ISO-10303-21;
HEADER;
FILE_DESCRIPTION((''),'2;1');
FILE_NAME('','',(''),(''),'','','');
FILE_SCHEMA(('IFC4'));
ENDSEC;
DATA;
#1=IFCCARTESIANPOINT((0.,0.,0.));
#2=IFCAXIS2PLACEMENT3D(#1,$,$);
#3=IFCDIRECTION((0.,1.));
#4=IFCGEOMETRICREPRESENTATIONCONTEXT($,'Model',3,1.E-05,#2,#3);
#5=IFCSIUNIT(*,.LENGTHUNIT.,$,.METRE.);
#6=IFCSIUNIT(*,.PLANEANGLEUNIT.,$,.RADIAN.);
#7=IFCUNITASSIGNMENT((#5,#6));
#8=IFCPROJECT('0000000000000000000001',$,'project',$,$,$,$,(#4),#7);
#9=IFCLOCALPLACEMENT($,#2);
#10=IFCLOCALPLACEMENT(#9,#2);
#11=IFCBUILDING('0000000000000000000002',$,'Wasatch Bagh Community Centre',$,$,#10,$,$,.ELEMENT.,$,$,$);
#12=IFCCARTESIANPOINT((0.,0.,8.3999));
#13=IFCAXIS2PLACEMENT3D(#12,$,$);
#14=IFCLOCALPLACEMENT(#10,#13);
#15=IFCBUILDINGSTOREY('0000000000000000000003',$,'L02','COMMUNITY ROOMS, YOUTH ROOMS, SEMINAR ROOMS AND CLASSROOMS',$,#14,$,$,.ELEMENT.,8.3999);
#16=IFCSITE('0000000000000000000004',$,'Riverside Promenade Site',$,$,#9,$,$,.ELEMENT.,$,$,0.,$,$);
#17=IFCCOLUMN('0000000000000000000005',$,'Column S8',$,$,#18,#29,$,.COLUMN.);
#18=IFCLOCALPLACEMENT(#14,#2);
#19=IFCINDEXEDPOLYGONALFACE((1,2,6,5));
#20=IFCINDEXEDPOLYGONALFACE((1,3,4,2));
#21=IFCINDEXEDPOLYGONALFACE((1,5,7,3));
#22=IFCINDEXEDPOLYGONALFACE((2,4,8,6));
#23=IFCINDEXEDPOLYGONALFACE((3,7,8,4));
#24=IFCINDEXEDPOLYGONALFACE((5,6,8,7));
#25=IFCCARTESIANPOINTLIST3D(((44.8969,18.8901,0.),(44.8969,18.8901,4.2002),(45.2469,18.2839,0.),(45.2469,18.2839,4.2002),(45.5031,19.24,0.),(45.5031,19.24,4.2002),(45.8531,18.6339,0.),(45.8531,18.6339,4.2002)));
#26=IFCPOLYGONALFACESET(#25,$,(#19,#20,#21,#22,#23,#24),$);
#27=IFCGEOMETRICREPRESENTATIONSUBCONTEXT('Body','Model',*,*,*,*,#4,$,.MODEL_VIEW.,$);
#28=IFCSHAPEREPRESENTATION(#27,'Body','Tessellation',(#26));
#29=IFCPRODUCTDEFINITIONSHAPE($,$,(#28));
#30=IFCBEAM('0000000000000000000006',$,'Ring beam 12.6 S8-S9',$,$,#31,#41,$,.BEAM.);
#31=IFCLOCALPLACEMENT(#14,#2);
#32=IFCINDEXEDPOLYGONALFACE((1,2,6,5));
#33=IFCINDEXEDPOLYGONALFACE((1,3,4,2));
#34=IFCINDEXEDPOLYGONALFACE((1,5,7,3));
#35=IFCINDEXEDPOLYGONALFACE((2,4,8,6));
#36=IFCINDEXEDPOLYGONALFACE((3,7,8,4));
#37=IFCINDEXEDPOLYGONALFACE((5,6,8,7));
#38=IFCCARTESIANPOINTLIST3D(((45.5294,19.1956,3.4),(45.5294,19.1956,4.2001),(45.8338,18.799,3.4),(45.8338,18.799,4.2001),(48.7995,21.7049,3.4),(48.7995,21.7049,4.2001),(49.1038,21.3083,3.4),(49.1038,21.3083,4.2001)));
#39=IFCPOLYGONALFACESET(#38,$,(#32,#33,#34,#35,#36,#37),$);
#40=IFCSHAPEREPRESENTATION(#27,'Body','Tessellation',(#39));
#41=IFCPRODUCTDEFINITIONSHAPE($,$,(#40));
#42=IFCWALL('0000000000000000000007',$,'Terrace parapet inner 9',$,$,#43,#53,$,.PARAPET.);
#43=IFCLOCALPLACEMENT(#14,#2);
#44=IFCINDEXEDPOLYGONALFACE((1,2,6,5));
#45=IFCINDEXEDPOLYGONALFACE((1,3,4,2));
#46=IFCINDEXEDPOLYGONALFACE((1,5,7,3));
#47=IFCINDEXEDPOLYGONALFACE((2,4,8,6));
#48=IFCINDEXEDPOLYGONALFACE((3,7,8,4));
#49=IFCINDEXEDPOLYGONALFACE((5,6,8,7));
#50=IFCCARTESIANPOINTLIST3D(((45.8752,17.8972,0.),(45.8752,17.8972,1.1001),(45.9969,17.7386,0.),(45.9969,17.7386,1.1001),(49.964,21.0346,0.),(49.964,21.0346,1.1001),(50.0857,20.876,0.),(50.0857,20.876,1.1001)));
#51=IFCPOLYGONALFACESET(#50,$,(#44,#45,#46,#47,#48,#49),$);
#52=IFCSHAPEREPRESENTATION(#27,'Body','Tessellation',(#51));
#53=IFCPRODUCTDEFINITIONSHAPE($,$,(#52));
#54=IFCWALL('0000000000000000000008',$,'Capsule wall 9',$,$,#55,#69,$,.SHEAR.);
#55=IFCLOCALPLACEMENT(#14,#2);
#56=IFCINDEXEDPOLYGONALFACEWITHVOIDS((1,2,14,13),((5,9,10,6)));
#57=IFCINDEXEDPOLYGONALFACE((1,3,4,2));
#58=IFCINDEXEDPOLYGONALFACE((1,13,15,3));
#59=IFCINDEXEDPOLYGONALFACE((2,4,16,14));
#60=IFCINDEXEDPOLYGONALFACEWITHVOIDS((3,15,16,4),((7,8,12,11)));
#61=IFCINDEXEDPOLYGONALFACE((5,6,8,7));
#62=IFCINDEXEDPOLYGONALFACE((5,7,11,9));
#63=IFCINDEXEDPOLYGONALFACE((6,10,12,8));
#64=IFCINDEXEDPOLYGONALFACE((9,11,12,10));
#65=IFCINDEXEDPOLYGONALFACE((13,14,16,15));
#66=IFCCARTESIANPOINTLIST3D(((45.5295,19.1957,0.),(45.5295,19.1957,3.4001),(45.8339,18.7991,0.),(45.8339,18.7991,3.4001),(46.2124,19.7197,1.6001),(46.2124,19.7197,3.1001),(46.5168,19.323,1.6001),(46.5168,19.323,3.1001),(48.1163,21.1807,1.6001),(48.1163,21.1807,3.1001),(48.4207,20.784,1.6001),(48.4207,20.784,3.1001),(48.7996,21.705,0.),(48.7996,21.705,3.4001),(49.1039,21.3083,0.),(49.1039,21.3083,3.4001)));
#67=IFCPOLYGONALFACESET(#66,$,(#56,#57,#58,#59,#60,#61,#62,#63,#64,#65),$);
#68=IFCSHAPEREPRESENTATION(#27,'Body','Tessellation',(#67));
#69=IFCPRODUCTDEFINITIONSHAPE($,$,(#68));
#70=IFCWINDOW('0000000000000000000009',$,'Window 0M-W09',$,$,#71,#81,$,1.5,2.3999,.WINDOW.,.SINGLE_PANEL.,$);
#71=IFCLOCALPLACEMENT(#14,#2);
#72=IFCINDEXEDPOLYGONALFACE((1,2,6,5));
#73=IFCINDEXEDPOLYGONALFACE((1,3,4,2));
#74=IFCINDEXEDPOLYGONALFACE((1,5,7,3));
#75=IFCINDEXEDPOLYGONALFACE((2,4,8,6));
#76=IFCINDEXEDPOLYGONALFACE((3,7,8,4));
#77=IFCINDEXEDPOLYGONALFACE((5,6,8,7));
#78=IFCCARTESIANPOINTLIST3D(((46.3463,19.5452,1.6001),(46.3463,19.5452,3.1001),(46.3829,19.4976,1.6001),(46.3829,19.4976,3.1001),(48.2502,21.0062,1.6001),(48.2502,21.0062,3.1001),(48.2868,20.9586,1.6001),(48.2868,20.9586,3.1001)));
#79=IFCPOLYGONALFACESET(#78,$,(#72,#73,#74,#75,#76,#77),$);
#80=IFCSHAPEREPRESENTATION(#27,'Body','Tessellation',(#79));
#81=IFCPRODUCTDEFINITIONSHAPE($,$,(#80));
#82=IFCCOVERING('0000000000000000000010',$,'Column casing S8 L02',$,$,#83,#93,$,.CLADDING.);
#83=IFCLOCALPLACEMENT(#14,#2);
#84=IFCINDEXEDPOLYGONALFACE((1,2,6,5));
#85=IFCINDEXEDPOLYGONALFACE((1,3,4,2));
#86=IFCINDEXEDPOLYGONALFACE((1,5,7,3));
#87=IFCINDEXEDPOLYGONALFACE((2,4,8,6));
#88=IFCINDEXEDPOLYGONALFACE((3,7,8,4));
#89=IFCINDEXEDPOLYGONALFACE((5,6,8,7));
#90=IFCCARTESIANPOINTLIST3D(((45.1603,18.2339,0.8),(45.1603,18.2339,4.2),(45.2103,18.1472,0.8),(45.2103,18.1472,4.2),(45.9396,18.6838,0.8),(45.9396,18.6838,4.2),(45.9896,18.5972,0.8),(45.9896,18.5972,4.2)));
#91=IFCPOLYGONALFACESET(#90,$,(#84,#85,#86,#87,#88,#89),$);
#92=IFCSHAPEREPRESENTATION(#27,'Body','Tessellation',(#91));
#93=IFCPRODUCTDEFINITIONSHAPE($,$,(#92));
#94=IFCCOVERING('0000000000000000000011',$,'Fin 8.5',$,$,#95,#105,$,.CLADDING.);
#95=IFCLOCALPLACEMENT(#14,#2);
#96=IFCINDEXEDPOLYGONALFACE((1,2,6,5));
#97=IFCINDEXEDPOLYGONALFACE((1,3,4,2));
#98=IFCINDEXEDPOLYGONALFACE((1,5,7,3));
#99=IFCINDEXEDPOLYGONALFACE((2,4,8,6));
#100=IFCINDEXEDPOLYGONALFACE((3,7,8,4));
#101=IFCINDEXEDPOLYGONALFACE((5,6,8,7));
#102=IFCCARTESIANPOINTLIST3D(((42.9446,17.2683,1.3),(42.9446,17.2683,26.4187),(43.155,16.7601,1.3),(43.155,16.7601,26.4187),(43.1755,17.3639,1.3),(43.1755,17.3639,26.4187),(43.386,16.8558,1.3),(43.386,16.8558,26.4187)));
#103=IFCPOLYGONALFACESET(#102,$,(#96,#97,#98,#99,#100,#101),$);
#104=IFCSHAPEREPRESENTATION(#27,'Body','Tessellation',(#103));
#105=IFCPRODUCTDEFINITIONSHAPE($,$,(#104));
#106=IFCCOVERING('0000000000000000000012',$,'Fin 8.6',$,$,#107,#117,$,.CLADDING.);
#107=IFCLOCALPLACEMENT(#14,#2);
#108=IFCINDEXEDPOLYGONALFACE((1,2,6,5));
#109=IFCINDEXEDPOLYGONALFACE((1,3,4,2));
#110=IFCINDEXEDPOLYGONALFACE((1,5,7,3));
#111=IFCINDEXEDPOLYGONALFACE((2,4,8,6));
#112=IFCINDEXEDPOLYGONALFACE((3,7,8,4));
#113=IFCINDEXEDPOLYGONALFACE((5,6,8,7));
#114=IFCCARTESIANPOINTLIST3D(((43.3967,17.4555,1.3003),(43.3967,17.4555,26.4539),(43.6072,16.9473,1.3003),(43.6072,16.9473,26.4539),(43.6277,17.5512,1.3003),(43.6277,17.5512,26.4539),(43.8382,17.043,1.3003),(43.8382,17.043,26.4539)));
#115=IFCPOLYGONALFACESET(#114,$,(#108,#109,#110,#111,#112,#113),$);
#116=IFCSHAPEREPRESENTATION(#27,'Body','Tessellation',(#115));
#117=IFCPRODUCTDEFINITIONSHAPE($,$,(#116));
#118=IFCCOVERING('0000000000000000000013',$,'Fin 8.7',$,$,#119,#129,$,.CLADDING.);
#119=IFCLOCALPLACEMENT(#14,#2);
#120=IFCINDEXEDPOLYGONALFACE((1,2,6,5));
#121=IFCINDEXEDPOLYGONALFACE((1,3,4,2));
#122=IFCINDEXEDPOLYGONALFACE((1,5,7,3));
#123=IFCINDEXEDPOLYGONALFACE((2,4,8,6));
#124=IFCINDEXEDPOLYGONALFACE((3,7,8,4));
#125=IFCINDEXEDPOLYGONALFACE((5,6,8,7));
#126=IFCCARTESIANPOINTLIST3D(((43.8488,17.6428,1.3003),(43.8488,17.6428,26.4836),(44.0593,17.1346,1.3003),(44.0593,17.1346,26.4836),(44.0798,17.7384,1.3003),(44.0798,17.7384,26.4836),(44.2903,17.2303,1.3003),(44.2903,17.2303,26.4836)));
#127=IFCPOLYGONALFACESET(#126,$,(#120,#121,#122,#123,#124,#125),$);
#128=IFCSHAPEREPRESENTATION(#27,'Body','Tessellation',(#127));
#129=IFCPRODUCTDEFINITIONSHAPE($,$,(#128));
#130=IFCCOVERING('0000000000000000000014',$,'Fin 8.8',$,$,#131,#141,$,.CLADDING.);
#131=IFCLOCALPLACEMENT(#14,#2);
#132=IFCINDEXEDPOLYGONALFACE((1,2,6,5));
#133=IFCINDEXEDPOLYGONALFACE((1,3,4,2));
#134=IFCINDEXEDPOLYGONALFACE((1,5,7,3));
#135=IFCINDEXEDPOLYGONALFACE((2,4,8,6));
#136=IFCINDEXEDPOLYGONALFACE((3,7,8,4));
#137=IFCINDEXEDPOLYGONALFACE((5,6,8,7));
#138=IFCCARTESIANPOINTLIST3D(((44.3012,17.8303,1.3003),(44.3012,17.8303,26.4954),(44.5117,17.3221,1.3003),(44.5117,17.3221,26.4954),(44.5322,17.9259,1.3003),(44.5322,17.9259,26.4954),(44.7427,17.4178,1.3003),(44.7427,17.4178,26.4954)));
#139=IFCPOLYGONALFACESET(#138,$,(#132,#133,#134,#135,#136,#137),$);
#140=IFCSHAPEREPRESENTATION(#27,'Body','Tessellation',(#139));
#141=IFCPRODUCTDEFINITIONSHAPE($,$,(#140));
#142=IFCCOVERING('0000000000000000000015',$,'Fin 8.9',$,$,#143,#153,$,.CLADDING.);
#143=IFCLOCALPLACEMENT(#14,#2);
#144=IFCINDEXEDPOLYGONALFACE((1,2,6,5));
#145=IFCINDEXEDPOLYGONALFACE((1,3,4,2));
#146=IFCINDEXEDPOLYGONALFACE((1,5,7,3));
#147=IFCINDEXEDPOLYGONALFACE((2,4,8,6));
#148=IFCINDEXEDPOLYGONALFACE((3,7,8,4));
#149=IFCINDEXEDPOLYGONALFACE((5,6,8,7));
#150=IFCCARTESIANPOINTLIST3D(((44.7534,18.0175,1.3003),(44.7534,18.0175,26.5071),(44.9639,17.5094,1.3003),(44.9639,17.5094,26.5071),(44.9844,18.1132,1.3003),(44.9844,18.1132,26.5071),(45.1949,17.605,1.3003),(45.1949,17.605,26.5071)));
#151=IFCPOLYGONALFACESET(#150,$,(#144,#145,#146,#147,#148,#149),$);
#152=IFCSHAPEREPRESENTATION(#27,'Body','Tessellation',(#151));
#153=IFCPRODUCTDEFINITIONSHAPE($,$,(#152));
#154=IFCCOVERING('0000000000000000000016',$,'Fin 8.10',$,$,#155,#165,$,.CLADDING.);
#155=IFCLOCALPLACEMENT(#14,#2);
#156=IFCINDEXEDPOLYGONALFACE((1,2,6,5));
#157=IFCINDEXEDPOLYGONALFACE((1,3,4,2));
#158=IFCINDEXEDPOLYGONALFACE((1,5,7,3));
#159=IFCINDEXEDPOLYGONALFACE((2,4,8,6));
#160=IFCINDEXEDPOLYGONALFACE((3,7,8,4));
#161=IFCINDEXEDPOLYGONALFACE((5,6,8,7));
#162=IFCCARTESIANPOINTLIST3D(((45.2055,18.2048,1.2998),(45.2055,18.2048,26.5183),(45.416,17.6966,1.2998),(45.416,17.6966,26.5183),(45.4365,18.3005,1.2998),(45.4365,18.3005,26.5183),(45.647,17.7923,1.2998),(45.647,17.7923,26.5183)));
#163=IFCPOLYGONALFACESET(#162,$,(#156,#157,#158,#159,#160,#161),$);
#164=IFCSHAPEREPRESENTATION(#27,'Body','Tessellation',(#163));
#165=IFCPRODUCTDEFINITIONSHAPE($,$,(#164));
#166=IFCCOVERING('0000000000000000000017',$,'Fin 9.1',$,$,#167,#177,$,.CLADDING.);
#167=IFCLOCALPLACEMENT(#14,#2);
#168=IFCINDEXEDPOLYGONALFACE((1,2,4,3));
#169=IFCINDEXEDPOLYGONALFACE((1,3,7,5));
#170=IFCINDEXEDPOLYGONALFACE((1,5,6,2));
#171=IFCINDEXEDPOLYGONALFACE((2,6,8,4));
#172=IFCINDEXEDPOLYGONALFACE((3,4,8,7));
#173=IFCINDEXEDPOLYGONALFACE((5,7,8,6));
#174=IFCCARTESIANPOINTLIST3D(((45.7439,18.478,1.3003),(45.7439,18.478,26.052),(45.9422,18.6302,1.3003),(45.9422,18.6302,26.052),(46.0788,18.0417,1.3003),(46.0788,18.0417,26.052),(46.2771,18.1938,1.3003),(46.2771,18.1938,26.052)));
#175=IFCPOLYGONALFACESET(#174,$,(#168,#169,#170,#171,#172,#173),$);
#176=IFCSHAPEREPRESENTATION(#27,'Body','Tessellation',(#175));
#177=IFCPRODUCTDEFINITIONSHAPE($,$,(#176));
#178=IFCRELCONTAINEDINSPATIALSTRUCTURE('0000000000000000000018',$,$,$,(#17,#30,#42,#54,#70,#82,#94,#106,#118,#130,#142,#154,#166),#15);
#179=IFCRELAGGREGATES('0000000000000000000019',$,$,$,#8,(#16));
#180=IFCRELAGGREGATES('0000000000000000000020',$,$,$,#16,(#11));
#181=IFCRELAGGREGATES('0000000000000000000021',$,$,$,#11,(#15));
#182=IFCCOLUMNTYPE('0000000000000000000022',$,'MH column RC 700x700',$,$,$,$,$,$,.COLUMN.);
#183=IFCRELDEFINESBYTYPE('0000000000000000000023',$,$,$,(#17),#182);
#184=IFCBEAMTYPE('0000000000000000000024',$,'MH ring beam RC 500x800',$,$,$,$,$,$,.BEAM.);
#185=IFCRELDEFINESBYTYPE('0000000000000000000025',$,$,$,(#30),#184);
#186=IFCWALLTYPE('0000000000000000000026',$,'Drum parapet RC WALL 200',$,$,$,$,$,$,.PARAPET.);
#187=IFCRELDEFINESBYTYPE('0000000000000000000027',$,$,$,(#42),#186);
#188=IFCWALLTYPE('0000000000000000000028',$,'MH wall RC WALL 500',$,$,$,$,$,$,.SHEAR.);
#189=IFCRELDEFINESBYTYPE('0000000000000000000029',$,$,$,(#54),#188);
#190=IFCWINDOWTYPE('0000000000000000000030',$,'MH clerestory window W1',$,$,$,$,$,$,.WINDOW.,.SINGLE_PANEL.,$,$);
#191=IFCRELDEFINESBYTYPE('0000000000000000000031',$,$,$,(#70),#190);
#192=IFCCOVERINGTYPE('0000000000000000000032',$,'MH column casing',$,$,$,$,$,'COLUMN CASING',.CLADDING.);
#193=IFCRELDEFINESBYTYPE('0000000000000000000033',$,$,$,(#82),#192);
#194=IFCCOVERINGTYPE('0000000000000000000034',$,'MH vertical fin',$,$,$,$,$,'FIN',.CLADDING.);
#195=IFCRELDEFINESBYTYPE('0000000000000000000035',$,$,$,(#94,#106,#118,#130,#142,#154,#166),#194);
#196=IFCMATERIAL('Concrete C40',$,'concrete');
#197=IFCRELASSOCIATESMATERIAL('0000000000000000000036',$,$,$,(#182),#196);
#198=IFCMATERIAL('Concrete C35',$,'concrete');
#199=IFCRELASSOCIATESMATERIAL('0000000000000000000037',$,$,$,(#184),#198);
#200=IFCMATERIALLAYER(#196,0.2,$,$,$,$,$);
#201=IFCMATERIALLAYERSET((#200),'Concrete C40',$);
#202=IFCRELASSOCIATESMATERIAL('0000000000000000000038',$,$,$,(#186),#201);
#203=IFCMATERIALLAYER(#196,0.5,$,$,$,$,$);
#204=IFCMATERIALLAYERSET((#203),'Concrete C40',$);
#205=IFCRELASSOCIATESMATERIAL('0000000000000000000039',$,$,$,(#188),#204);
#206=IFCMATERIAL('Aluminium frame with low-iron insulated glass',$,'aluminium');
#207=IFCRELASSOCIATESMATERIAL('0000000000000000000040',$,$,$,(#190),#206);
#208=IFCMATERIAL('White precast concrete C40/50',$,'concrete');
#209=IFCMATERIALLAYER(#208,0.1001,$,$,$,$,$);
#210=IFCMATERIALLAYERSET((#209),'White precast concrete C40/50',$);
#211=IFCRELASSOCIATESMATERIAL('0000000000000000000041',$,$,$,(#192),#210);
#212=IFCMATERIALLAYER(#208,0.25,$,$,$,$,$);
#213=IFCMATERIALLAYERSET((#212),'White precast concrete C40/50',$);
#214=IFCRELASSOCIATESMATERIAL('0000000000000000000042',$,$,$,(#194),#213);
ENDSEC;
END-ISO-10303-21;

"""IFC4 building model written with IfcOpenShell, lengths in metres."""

from ifc_helpers import new_model, si_unit, direction, frame, frame_2d, origin, origin_2d, place, context, subcontext, project, spatial, rectangle, extrude, material, layer, layer_set, material_profile, profile_set, type_object, element, fill, save


model = new_model("IFC4")

# Units and contexts
model_context = context("Model", 3, precision=1e-05, world=origin(), true_north=direction((0.0, 1.0)))
body_context = subcontext(model_context, "Body", "Model", "MODEL_VIEW")
ifc_project = project(units=[si_unit("LENGTHUNIT", "METRE"), si_unit("PLANEANGLEUNIT", "RADIAN")], contexts=[model_context])

# Site, building, storey
site_placement = place(None, origin())
site = spatial("IfcSite", under=ifc_project, at=site_placement, Name="Riverside Promenade Site", CompositionType="ELEMENT", RefElevation=0.0)
building_placement = place(site_placement, origin())
building = spatial("IfcBuilding", under=site, at=building_placement, Name="Wasatch Bagh Community Centre", CompositionType="ELEMENT")
storey_placement = place(building_placement, frame((0.0, 0.0, 8.3999)))
storey = spatial("IfcBuildingStorey", under=building, at=storey_placement, Name="L02", Description="COMMUNITY ROOMS, YOUTH ROOMS, SEMINAR ROOMS AND CLASSROOMS", CompositionType="ELEMENT", Elevation=8.3999)

# Column
ifc_material_1 = material(Name="Concrete C40", Category="concrete")
ifc_material_profile_1 = material_profile(ifc_material_1, rectangle(XDim=0.7, YDim=0.7, at=origin_2d()), Name="RC 700x700")
ifc_profile_set_1 = profile_set([ifc_material_profile_1], Name="Concrete C40")
column_type = type_object("IfcColumnType", Name="MH column RC 700x700", PredefinedType="COLUMN", material=ifc_profile_set_1)
column_placement = place(storey_placement, frame((45.375, 18.762, 0.0), z_axis=(0.0, 0.0, 1.0), x_axis=(0.866025, 0.5, 0.0)))
element("IfcColumn", 1, at=column_placement, inside=storey, type_object=column_type, Name="Column S8", PredefinedType="COLUMN", context=body_context, shape_type="SweptSolid", body=[
    extrude(rectangle(XDim=0.7, YDim=0.7, at=origin_2d()), origin(), (0.0, 0.0, 1.0), 4.2002),
])

# Beam
ifc_material_2 = material(Name="Concrete C35", Category="concrete")
ifc_material_profile_2 = material_profile(ifc_material_2, rectangle(XDim=0.5, YDim=0.8, at=origin_2d()), Name="RC 500x800")
ifc_profile_set_2 = profile_set([ifc_material_profile_2], Name="Concrete C35")
beam_type = type_object("IfcBeamType", Name="MH ring beam RC 500x800", PredefinedType="BEAM", material=ifc_profile_set_2)
beam_placement = place(storey_placement, frame((45.6816, 18.9973, 3.8), z_axis=(0.793341, 0.608777, 0.0), x_axis=(-0.608777, 0.793341, 0.0)))
element("IfcBeam", 2, at=beam_placement, inside=storey, type_object=beam_type, Name="Ring beam 12.6 S8-S9", PredefinedType="BEAM", context=body_context, shape_type="SweptSolid", body=[
    extrude(rectangle(XDim=0.5, YDim=0.8, at=origin_2d()), origin(), (0.0, 0.0, 1.0), 4.1218),
])

# Wall
ifc_layer_1 = layer(ifc_material_1, 0.2)
ifc_layer_set_1 = layer_set([ifc_layer_1], Name="Concrete C40")
wall_type_1 = type_object("IfcWallType", Name="Drum parapet RC WALL 200", PredefinedType="PARAPET", material=ifc_layer_set_1)
wall_1_placement = place(storey_placement, frame((45.936, 17.8179, 0.0), z_axis=(0.0, 0.0, 1.0), x_axis=(0.793358, 0.608756, 0.0)))
element("IfcWall", 3, at=wall_1_placement, inside=storey, type_object=wall_type_1, Name="Terrace parapet inner 9", PredefinedType="PARAPET", context=body_context, shape_type="SweptSolid", body=[
    extrude(rectangle(XDim=5.1538, YDim=0.2, at=frame_2d((2.5769, 0.0))), origin(), (0.0, 0.0, 1.0), 1.1001),
])

# Wall, opening, window
ifc_layer_2 = layer(ifc_material_1, 0.5)
ifc_layer_set_2 = layer_set([ifc_layer_2], Name="Concrete C40")
wall_type_2 = type_object("IfcWallType", Name="MH wall RC WALL 500", PredefinedType="SHEAR", material=ifc_layer_set_2)
wall_2_placement = place(storey_placement, frame((45.6816, 18.9973, 0.0), z_axis=(0.0, 0.0, 1.0), x_axis=(0.793341, 0.608777, 0.0)))
wall_2 = element("IfcWall", 4, at=wall_2_placement, inside=storey, type_object=wall_type_2, Name="Capsule wall 9", PredefinedType="SHEAR", context=body_context, shape_type="SweptSolid", body=[
    extrude(rectangle(XDim=4.1218, YDim=0.5, at=frame_2d((2.061, 0.0))), origin(), (0.0, 0.0, 1.0), 3.4001),
])
opening_placement = place(wall_2_placement, frame((0.8608, 0.0, 1.6001)))
opening = element("IfcOpeningElement", 5, at=opening_placement, cuts=wall_2, PredefinedType="OPENING", context=body_context, shape_type="SweptSolid", body=[
    extrude(rectangle(XDim=2.3999, YDim=1.5, at=frame_2d((1.2, 0.75))), frame((0.0, 0.26, 0.0), z_axis=(0.0, -1.0, 0.0), x_axis=(1.0, 0.0, 0.0)), (0.0, 0.0, 1.0), 0.52),
])
ifc_material_3 = material(Name="Aluminium frame with low-iron insulated glass", Category="aluminium")
window_type = type_object("IfcWindowType", Name="MH clerestory window W1", PartitioningType="SINGLE_PANEL", PredefinedType="WINDOW", material=ifc_material_3)
window_placement = place(opening_placement, origin())
window = element("IfcWindow", 6, at=window_placement, inside=storey, type_object=window_type, Name="Window 0M-W09", OverallHeight=1.5, OverallWidth=2.3999, PartitioningType="SINGLE_PANEL", PredefinedType="WINDOW", context=body_context, shape_type="SweptSolid", body=[
    extrude(rectangle(XDim=2.3999, YDim=1.5, at=frame_2d((1.2, 0.75))), frame((0.0, 0.03, 0.0), z_axis=(0.0, -1.0, 0.0), x_axis=(1.0, 0.0, 0.0)), (0.0, 0.0, 1.0), 0.0601),
])
fill(opening, window)

# Coverings
ifc_material_4 = material(Name="White precast concrete C40/50", Category="concrete")
ifc_layer_3 = layer(ifc_material_4, 0.1001)
ifc_layer_set_3 = layer_set([ifc_layer_3], Name="White precast concrete C40/50")
covering_type_1 = type_object("IfcCoveringType", Name="MH column casing", ElementType="COLUMN CASING", PredefinedType="CLADDING", material=ifc_layer_set_3)
covering_1_placement = place(storey_placement, frame((45.575, 18.4155, 0.8), z_axis=(0.0, 0.0, 1.0), x_axis=(0.866025, 0.5, 0.0)))
element("IfcCovering", 7, at=covering_1_placement, inside=storey, type_object=covering_type_1, Name="Column casing S8 L02", PredefinedType="CLADDING", context=body_context, shape_type="SweptSolid", body=[
    extrude(rectangle(XDim=0.8999, YDim=0.1001, at=origin_2d()), origin(), (0.0, 0.0, 1.0), 3.3999),
])
ifc_layer_4 = layer(ifc_material_4, 0.25)
ifc_layer_set_4 = layer_set([ifc_layer_4], Name="White precast concrete C40/50")
covering_type_2 = type_object("IfcCoveringType", Name="MH vertical fin", ElementType="FIN", PredefinedType="CLADDING", material=ifc_layer_set_4)
covering_2_placement = place(storey_placement, frame((43.1653, 17.062, 1.3), z_axis=(0.0, 0.0, 1.0), x_axis=(0.92388, 0.382683, 0.0)))
element("IfcCovering", 8, at=covering_2_placement, inside=storey, type_object=covering_type_2, Name="Fin 8.5", PredefinedType="CLADDING", context=body_context, shape_type="SweptSolid", body=[
    extrude(rectangle(XDim=0.25, YDim=0.55, at=origin_2d()), origin(), (0.0, 0.0, 1.0), 25.1187),
])
covering_3_placement = place(storey_placement, frame((43.6174, 17.2493, 1.3003), z_axis=(0.0, 0.0, 1.0), x_axis=(0.92388, 0.382683, 0.0)))
element("IfcCovering", 9, at=covering_3_placement, inside=storey, type_object=covering_type_2, Name="Fin 8.6", PredefinedType="CLADDING", context=body_context, shape_type="SweptSolid", body=[
    extrude(rectangle(XDim=0.25, YDim=0.55, at=origin_2d()), origin(), (0.0, 0.0, 1.0), 25.1536),
])
covering_4_placement = place(storey_placement, frame((44.0696, 17.4365, 1.3003), z_axis=(0.0, 0.0, 1.0), x_axis=(0.92388, 0.382683, 0.0)))
element("IfcCovering", 10, at=covering_4_placement, inside=storey, type_object=covering_type_2, Name="Fin 8.7", PredefinedType="CLADDING", context=body_context, shape_type="SweptSolid", body=[
    extrude(rectangle(XDim=0.25, YDim=0.55, at=origin_2d()), origin(), (0.0, 0.0, 1.0), 25.1833),
])
covering_5_placement = place(storey_placement, frame((44.522, 17.624, 1.3003), z_axis=(0.0, 0.0, 1.0), x_axis=(0.92388, 0.382683, 0.0)))
element("IfcCovering", 11, at=covering_5_placement, inside=storey, type_object=covering_type_2, Name="Fin 8.8", PredefinedType="CLADDING", context=body_context, shape_type="SweptSolid", body=[
    extrude(rectangle(XDim=0.25, YDim=0.55, at=origin_2d()), origin(), (0.0, 0.0, 1.0), 25.1951),
])
covering_6_placement = place(storey_placement, frame((44.9741, 17.8113, 1.3003), z_axis=(0.0, 0.0, 1.0), x_axis=(0.92388, 0.382683, 0.0)))
element("IfcCovering", 12, at=covering_6_placement, inside=storey, type_object=covering_type_2, Name="Fin 8.9", PredefinedType="CLADDING", context=body_context, shape_type="SweptSolid", body=[
    extrude(rectangle(XDim=0.25, YDim=0.55, at=origin_2d()), origin(), (0.0, 0.0, 1.0), 25.2068),
])
covering_7_placement = place(storey_placement, frame((45.4263, 17.9985, 1.2998), z_axis=(0.0, 0.0, 1.0), x_axis=(0.92388, 0.382683, 0.0)))
element("IfcCovering", 13, at=covering_7_placement, inside=storey, type_object=covering_type_2, Name="Fin 8.10", PredefinedType="CLADDING", context=body_context, shape_type="SweptSolid", body=[
    extrude(rectangle(XDim=0.25, YDim=0.55, at=origin_2d()), origin(), (0.0, 0.0, 1.0), 25.2185),
])
covering_8_placement = place(storey_placement, frame((46.0105, 18.3359, 1.3003), z_axis=(0.0, 0.0, 1.0), x_axis=(0.793353, 0.608761, 0.0)))
element("IfcCovering", 14, at=covering_8_placement, inside=storey, type_object=covering_type_2, Name="Fin 9.1", PredefinedType="CLADDING", context=body_context, shape_type="SweptSolid", body=[
    extrude(rectangle(XDim=0.25, YDim=0.55, at=origin_2d()), origin(), (0.0, 0.0, 1.0), 24.7517),
])

save(model, "model.ifc")
